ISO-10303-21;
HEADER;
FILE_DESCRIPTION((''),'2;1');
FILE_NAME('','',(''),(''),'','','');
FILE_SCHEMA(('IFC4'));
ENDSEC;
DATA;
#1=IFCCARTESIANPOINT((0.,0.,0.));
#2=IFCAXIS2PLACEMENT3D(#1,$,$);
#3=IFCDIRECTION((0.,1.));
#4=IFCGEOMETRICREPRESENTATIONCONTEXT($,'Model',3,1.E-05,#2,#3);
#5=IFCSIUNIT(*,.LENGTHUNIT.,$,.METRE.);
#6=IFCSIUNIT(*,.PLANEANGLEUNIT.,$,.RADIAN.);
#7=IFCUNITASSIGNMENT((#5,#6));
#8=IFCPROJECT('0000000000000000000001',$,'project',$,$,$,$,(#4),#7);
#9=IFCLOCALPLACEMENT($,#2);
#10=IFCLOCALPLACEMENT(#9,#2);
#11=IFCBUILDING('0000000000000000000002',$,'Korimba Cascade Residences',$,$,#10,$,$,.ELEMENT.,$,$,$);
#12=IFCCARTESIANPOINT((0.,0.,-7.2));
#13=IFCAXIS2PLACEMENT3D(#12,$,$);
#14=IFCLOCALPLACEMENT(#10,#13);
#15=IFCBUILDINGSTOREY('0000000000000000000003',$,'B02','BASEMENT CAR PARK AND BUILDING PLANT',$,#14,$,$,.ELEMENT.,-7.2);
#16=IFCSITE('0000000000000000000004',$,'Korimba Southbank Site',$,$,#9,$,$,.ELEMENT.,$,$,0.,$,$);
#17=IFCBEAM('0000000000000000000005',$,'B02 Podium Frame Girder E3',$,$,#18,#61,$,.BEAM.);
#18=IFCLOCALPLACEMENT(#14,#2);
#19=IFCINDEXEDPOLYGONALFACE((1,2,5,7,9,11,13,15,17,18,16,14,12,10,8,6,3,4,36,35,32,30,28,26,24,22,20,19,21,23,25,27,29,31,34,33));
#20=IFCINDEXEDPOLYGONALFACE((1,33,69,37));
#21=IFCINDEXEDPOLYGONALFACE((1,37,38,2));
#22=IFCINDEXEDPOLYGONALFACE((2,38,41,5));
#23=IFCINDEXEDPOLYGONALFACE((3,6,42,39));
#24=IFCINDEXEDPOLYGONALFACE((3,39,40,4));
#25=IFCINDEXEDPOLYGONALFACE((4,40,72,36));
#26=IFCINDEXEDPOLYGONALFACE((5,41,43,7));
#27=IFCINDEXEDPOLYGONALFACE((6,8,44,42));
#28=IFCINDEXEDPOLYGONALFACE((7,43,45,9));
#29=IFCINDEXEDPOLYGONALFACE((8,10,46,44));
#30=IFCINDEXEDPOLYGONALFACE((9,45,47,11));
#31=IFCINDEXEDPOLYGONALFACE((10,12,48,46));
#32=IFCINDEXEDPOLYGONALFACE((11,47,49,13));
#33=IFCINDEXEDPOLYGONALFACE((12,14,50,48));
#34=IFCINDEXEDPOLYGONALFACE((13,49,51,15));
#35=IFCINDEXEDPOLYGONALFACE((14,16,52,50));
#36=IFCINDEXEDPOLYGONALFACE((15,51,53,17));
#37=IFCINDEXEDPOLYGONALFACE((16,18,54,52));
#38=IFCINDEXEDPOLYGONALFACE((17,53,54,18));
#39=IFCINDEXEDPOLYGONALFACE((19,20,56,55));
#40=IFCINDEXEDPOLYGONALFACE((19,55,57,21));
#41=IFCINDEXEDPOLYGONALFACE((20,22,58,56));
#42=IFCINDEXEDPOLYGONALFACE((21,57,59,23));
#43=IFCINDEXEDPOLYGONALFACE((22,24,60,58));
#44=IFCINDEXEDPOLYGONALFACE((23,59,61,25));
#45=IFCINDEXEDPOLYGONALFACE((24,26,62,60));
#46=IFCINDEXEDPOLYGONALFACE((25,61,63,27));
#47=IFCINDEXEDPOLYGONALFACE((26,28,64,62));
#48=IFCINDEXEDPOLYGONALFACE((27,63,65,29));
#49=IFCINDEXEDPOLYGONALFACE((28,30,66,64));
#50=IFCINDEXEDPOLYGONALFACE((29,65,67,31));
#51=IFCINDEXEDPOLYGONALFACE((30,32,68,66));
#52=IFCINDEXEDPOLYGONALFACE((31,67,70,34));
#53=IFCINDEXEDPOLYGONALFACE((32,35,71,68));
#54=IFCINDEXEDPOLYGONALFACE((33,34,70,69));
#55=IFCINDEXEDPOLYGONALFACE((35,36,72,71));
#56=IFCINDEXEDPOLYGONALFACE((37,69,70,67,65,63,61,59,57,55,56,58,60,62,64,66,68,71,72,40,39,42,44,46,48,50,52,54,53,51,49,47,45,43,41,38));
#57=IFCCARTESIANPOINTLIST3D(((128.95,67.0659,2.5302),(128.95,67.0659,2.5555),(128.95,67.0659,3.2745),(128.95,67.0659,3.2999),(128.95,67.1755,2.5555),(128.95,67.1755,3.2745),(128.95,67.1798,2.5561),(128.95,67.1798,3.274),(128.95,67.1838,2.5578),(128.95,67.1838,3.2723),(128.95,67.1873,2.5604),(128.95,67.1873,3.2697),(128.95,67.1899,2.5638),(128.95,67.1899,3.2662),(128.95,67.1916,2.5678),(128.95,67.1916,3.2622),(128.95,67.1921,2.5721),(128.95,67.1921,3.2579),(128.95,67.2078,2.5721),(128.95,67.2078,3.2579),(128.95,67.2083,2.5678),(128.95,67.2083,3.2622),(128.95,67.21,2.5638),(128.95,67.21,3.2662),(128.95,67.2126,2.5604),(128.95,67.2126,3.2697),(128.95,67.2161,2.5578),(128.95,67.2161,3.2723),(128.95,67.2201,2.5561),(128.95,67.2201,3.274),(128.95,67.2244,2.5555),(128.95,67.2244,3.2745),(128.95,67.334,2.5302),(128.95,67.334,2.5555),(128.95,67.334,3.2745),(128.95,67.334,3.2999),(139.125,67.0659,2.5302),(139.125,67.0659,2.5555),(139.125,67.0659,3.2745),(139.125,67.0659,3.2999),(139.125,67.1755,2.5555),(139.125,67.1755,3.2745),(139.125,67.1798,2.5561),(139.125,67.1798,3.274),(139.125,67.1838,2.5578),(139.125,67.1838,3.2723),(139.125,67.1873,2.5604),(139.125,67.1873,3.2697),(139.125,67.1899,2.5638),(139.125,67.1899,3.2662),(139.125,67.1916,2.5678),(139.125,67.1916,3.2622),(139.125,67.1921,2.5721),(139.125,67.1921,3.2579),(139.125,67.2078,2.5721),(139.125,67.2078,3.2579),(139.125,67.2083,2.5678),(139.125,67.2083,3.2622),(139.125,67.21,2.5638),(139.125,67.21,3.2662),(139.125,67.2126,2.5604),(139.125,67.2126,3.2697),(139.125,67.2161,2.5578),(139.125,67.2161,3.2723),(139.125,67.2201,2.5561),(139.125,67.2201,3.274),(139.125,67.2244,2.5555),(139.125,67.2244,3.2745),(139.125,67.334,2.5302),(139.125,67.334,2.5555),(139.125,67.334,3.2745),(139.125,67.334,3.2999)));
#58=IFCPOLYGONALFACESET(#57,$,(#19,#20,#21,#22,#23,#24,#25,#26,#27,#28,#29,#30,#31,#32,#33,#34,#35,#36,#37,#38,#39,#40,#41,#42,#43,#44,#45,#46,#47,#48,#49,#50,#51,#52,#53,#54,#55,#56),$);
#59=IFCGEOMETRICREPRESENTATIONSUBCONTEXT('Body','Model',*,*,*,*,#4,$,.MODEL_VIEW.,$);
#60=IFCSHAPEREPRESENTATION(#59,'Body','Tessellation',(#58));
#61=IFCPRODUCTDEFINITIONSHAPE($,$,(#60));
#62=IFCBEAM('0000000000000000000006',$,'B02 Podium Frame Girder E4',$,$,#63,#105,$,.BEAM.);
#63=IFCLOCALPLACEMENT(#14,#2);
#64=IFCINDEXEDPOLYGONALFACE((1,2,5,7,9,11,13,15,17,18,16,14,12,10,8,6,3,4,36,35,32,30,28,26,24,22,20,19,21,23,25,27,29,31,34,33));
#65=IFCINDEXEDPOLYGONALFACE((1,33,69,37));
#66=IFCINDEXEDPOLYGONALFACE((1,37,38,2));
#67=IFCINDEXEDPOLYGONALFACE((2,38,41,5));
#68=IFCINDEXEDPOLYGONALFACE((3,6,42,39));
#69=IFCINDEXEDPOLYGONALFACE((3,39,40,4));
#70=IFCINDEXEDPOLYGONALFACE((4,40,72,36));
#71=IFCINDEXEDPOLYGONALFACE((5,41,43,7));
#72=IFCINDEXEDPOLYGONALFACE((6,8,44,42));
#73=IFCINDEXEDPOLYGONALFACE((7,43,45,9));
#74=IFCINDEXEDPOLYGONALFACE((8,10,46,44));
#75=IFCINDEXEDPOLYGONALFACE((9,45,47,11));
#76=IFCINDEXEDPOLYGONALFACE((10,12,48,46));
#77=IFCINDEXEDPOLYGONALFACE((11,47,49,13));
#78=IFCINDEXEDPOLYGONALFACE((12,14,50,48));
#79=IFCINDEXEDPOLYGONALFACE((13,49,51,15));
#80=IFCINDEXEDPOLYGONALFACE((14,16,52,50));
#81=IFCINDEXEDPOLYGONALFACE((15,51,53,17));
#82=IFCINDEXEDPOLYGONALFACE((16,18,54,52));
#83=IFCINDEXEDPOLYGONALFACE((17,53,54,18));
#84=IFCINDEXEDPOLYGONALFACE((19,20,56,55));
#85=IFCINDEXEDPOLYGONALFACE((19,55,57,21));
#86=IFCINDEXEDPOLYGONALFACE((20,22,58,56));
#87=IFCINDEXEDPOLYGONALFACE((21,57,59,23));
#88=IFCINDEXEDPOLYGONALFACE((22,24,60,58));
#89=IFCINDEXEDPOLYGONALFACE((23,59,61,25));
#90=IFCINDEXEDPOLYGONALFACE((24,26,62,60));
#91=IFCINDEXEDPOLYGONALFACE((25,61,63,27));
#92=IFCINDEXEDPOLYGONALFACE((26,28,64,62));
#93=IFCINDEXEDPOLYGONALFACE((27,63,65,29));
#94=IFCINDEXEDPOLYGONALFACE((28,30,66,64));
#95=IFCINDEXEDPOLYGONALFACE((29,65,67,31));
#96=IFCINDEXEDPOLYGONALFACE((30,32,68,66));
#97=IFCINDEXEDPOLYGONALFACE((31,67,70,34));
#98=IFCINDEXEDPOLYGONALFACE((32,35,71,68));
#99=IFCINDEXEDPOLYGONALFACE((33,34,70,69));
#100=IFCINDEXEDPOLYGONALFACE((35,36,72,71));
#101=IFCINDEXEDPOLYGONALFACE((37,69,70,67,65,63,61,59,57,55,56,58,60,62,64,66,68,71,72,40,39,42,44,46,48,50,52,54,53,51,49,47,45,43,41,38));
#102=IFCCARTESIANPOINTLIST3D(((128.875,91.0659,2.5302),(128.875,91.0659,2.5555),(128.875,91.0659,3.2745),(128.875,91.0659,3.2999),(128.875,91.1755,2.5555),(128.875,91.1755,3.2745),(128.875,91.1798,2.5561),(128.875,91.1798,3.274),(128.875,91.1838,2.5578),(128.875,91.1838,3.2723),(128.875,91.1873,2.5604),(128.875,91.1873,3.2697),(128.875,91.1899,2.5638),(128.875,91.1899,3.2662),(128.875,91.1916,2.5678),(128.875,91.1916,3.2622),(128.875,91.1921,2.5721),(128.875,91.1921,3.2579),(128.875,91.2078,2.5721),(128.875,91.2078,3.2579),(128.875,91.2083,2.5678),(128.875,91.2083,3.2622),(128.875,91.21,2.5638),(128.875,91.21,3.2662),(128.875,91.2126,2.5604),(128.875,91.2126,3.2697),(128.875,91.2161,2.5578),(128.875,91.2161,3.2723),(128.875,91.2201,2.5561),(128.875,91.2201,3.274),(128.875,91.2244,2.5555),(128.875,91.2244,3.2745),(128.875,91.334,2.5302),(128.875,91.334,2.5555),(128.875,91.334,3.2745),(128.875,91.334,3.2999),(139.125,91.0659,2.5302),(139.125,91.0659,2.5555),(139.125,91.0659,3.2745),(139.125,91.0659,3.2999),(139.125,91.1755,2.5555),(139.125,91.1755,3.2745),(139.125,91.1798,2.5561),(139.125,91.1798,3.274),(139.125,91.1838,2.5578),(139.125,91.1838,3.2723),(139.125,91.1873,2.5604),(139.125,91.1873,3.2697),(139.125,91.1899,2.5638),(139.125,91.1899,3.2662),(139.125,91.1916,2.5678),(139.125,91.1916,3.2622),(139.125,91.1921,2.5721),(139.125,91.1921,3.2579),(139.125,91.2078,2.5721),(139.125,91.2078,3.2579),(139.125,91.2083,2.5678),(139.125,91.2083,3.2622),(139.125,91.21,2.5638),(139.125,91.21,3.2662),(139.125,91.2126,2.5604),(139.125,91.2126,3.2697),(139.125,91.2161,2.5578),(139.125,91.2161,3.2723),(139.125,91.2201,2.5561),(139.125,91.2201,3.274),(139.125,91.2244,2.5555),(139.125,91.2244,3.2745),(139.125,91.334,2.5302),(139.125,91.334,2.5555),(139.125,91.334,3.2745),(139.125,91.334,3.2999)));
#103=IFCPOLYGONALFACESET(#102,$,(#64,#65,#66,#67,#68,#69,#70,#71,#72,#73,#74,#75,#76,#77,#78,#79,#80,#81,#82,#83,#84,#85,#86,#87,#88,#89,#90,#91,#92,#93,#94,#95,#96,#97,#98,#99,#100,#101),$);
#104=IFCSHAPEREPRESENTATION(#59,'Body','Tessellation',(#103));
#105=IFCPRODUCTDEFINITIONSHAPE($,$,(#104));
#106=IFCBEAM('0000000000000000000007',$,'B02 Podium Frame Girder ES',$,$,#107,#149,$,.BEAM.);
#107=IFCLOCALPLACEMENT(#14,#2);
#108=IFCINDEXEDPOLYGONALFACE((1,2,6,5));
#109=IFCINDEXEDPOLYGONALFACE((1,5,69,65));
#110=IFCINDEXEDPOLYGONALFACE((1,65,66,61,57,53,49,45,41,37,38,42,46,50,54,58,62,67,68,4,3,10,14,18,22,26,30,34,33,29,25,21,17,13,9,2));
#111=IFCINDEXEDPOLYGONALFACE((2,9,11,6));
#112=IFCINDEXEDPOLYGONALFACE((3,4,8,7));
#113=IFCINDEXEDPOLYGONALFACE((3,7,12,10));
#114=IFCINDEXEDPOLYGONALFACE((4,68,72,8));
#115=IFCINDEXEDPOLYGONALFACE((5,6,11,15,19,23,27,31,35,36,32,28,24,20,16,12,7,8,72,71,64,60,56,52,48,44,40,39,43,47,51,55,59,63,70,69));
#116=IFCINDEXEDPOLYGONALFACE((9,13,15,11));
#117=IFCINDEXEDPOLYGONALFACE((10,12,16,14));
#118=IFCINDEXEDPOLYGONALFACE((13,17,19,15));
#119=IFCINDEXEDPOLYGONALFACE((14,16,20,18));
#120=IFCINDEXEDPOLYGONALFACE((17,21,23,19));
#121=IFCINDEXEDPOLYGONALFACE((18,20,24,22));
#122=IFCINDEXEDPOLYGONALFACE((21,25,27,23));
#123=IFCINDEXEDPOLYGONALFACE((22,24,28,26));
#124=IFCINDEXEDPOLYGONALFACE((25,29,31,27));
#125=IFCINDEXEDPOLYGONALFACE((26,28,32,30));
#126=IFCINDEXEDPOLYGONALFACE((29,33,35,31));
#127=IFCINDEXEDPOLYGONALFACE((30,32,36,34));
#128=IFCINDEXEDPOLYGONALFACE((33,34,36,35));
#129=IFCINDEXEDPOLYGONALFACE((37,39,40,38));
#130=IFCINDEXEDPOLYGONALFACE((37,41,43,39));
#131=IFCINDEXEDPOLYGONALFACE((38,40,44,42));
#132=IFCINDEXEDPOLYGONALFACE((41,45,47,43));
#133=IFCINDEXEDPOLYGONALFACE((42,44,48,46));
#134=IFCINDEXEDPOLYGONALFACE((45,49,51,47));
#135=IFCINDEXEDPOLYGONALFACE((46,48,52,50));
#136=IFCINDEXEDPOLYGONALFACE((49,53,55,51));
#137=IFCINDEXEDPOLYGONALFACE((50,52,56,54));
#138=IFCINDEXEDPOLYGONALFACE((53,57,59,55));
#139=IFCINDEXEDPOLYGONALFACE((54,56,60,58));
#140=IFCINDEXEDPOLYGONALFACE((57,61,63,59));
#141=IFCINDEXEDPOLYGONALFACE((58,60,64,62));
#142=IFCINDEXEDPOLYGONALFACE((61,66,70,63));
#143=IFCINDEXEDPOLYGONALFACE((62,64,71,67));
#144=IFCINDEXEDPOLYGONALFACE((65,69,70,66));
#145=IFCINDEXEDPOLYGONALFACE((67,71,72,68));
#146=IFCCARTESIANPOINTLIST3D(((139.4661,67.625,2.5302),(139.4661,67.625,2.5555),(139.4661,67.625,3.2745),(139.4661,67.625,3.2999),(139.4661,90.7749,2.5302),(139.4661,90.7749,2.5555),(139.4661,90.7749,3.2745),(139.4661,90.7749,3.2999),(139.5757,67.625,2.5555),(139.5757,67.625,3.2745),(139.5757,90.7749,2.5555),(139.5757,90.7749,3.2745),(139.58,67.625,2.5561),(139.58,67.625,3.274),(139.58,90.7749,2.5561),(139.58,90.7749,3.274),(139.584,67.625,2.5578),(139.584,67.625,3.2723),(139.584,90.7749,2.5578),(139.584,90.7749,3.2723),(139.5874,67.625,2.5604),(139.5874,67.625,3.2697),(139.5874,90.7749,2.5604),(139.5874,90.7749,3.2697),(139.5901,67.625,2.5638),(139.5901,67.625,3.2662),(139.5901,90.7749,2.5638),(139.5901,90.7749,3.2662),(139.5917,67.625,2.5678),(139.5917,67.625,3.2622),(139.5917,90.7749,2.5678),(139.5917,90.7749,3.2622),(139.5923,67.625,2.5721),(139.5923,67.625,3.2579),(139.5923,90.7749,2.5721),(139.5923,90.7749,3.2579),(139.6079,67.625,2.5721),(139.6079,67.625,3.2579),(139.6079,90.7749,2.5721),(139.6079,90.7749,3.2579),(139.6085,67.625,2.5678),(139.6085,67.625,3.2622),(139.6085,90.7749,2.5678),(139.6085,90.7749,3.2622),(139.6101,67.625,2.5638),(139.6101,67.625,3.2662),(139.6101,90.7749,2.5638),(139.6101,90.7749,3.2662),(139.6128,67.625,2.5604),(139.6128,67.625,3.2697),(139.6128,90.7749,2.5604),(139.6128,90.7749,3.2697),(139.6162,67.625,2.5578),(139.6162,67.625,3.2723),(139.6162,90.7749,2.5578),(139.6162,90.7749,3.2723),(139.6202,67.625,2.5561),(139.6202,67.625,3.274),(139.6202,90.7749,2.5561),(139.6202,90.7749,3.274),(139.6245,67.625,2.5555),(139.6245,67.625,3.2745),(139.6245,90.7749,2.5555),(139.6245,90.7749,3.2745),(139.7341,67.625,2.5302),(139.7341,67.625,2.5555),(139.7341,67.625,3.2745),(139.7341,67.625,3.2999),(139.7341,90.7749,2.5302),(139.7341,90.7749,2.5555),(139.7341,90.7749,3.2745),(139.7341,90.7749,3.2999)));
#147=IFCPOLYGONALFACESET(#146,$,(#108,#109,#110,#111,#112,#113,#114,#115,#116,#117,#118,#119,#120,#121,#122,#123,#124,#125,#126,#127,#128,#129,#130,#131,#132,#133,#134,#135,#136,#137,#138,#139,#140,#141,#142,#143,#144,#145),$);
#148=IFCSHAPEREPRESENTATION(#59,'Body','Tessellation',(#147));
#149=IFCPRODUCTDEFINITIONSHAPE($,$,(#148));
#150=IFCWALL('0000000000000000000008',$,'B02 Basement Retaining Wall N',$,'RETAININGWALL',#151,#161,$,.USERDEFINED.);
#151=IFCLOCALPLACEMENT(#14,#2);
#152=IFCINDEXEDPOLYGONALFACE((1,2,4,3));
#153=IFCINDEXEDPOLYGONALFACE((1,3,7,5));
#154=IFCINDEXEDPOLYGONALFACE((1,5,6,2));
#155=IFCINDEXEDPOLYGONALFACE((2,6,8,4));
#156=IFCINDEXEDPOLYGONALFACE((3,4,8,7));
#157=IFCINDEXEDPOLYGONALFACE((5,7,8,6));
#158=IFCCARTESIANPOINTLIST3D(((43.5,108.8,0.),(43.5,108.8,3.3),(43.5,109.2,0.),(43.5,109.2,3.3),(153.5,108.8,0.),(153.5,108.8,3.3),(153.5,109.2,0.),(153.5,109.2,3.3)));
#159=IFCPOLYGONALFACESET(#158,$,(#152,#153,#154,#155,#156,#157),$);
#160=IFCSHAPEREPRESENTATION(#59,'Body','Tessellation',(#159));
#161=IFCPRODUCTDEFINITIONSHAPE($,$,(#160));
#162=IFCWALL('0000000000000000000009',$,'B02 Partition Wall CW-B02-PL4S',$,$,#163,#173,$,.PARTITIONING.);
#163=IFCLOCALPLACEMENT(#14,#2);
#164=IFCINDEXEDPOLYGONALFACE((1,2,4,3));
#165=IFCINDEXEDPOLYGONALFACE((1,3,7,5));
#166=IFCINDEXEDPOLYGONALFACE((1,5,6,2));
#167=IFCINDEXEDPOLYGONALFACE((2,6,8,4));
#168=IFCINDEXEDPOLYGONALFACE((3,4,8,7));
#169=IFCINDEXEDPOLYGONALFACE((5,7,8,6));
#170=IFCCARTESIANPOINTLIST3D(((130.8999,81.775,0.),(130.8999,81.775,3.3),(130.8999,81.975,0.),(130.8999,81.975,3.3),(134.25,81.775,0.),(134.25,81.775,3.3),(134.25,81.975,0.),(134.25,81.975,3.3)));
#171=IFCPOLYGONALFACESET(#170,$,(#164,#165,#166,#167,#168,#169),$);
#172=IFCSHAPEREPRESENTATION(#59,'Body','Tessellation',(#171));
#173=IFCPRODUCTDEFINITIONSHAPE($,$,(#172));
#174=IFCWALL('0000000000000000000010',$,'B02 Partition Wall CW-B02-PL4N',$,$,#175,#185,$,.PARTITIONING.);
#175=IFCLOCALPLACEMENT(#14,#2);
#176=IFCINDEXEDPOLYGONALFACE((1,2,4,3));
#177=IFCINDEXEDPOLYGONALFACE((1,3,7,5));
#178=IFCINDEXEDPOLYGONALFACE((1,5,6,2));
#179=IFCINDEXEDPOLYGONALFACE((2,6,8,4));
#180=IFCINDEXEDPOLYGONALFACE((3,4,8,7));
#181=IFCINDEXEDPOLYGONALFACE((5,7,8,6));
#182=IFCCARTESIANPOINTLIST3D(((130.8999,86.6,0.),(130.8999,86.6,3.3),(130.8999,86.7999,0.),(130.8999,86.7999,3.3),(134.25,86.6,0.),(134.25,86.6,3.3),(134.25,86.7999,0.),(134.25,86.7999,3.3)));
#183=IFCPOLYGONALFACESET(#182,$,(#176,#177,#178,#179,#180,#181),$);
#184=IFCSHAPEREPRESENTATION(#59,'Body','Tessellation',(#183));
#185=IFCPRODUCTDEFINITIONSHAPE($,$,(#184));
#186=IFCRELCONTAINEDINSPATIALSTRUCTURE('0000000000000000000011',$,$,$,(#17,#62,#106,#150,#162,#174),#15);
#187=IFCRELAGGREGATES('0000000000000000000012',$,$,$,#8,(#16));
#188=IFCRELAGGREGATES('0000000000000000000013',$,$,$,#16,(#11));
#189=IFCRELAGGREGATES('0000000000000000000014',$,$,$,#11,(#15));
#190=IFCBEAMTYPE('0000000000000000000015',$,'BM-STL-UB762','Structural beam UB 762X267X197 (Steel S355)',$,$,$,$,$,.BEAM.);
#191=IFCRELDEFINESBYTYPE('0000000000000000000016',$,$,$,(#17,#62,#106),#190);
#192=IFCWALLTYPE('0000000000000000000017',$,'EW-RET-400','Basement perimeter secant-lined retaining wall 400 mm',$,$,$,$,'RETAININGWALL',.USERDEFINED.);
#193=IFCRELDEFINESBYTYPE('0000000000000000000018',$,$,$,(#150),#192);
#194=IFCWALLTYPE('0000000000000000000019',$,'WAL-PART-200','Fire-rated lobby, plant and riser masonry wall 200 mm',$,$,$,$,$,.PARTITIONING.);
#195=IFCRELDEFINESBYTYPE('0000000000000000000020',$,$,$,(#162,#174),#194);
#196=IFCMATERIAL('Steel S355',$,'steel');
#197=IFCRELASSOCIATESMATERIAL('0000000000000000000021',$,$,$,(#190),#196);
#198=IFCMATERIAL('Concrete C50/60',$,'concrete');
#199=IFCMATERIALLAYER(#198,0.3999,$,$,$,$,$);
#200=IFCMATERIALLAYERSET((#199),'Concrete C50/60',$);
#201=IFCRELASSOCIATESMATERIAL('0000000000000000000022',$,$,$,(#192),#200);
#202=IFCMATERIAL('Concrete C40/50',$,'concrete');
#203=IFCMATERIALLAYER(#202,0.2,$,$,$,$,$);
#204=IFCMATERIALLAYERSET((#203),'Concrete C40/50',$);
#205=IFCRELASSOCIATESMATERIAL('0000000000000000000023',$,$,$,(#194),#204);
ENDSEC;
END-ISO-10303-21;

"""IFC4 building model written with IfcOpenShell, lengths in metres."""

from ifc_helpers import new_model, si_unit, direction, frame, frame_2d, origin, origin_2d, place, context, subcontext, project, spatial, rectangle, i_section, extrude, material, layer, layer_set, material_profile, profile_set, type_object, element, save


model = new_model("IFC4")

# Units and contexts
model_context = context("Model", 3, precision=1e-05, world=origin(), true_north=direction((0.0, 1.0)))
body_context = subcontext(model_context, "Body", "Model", "MODEL_VIEW")
ifc_project = project(units=[si_unit("LENGTHUNIT", "METRE"), si_unit("PLANEANGLEUNIT", "RADIAN")], contexts=[model_context])

# Site, building, storey
site_placement = place(None, origin())
site = spatial("IfcSite", under=ifc_project, at=site_placement, Name="Korimba Southbank Site", CompositionType="ELEMENT", RefElevation=0.0)
building_placement = place(site_placement, origin())
building = spatial("IfcBuilding", under=site, at=building_placement, Name="Korimba Cascade Residences", CompositionType="ELEMENT")
storey_placement = place(building_placement, frame((0.0, 0.0, -7.2)))
storey = spatial("IfcBuildingStorey", under=building, at=storey_placement, Name="B02", Description="BASEMENT CAR PARK AND BUILDING PLANT", CompositionType="ELEMENT", Elevation=-7.2)

# Beams
ifc_material_1 = material(Name="Concrete C50/60", Category="concrete")
ifc_material_2 = material(Name="Steel S355", Category="steel")
ifc_material_profile_1 = material_profile(ifc_material_2, i_section(OverallWidth=0.2681, OverallDepth=0.7698, WebThickness=0.0156, FlangeThickness=0.0254, FilletRadius=0.0166, at=origin_2d()), Name="Steel S355")
ifc_profile_set_1 = profile_set([ifc_material_profile_1], Name="Steel S355")
beam_type_1 = type_object("IfcBeamType", Name="BM-STL-UB762", Description="Structural beam UB 762X267X197 (Steel S355)", PredefinedType="BEAM", material=ifc_profile_set_1)
beam_1_placement = place(storey_placement, frame((128.95, 67.2, 2.915), z_axis=(1.0, 0.0, 0.0), x_axis=(0.0, 1.0, 0.0)))
element("IfcBeam", 1, at=beam_1_placement, inside=storey, type_object=beam_type_1, Name="B02 Podium Frame Girder E3", PredefinedType="BEAM", context=body_context, shape_type="SweptSolid", body=[
    extrude(i_section(OverallWidth=0.2681, OverallDepth=0.7698, WebThickness=0.0156, FlangeThickness=0.0254, FilletRadius=0.0166, at=origin_2d()), origin(), (0.0, 0.0, 1.0), 10.175),
])
beam_2_placement = place(storey_placement, frame((128.875, 91.2, 2.915), z_axis=(1.0, 0.0, 0.0), x_axis=(0.0, 1.0, 0.0)))
element("IfcBeam", 2, at=beam_2_placement, inside=storey, type_object=beam_type_1, Name="B02 Podium Frame Girder E4", PredefinedType="BEAM", context=body_context, shape_type="SweptSolid", body=[
    extrude(i_section(OverallWidth=0.2681, OverallDepth=0.7698, WebThickness=0.0156, FlangeThickness=0.0254, FilletRadius=0.0166, at=origin_2d()), origin(), (0.0, 0.0, 1.0), 10.25),
])
beam_3_placement = place(storey_placement, frame((139.6001, 67.625, 2.915), z_axis=(0.0, 1.0, 0.0), x_axis=(-1.0, 0.0, 0.0)))
element("IfcBeam", 3, at=beam_3_placement, inside=storey, type_object=beam_type_1, Name="B02 Podium Frame Girder ES", PredefinedType="BEAM", context=body_context, shape_type="SweptSolid", body=[
    extrude(i_section(OverallWidth=0.2681, OverallDepth=0.7698, WebThickness=0.0156, FlangeThickness=0.0254, FilletRadius=0.0166, at=origin_2d()), origin(), (0.0, 0.0, 1.0), 23.1499),
])

# Wall
ifc_layer_1 = layer(ifc_material_1, 0.3999)
ifc_layer_set_1 = layer_set([ifc_layer_1], Name="Concrete C50/60")
wall_type_1 = type_object("IfcWallType", Name="EW-RET-400", Description="Basement perimeter secant-lined retaining wall 400 mm", ElementType="RETAININGWALL", PredefinedType="USERDEFINED", material=ifc_layer_set_1)
wall_1_placement = place(storey_placement, frame((153.5, 109.0, 0.0), z_axis=(0.0, 0.0, 1.0), x_axis=(-1.0, 0.0, 0.0)))
element("IfcWall", 4, at=wall_1_placement, inside=storey, type_object=wall_type_1, Name="B02 Basement Retaining Wall N", ObjectType="RETAININGWALL", PredefinedType="USERDEFINED", context=body_context, shape_type="SweptSolid", body=[
    extrude(rectangle(XDim=110.0, YDim=0.3999, at=frame_2d((55.0, 0.0))), origin(), (0.0, 0.0, 1.0), 3.3),
])

# Shared definitions
ifc_material_3 = material(Name="Concrete C40/50", Category="concrete")
ifc_layer_2 = layer(ifc_material_3, 0.2)
ifc_layer_set_2 = layer_set([ifc_layer_2], Name="Concrete C40/50")
wall_type_2 = type_object("IfcWallType", Name="WAL-PART-200", Description="Fire-rated lobby, plant and riser masonry wall 200 mm", PredefinedType="PARTITIONING", material=ifc_layer_set_2)

# Walls
for number, where, z_axis, x_axis, name in (
    (5, (130.8999, 81.875, 0.0), (0.0, 0.0, 1.0), (1.0, 0.0, 0.0), "B02 Partition Wall CW-B02-PL4S"),
    (6, (130.8999, 86.7, 0.0), (0.0, 0.0, 1.0), (1.0, 0.0, 0.0), "B02 Partition Wall CW-B02-PL4N"),
):
    element("IfcWall", number, at=place(storey_placement, frame(where, z_axis=z_axis, x_axis=x_axis)), inside=storey, type_object=wall_type_2, Name=name, PredefinedType="PARTITIONING", context=body_context, shape_type="SweptSolid", body=[
        extrude(rectangle(XDim=3.3501, YDim=0.2, at=frame_2d((1.675, 0.0))), origin(), (0.0, 0.0, 1.0), 3.3),
    ])

save(model, "model.ifc")
